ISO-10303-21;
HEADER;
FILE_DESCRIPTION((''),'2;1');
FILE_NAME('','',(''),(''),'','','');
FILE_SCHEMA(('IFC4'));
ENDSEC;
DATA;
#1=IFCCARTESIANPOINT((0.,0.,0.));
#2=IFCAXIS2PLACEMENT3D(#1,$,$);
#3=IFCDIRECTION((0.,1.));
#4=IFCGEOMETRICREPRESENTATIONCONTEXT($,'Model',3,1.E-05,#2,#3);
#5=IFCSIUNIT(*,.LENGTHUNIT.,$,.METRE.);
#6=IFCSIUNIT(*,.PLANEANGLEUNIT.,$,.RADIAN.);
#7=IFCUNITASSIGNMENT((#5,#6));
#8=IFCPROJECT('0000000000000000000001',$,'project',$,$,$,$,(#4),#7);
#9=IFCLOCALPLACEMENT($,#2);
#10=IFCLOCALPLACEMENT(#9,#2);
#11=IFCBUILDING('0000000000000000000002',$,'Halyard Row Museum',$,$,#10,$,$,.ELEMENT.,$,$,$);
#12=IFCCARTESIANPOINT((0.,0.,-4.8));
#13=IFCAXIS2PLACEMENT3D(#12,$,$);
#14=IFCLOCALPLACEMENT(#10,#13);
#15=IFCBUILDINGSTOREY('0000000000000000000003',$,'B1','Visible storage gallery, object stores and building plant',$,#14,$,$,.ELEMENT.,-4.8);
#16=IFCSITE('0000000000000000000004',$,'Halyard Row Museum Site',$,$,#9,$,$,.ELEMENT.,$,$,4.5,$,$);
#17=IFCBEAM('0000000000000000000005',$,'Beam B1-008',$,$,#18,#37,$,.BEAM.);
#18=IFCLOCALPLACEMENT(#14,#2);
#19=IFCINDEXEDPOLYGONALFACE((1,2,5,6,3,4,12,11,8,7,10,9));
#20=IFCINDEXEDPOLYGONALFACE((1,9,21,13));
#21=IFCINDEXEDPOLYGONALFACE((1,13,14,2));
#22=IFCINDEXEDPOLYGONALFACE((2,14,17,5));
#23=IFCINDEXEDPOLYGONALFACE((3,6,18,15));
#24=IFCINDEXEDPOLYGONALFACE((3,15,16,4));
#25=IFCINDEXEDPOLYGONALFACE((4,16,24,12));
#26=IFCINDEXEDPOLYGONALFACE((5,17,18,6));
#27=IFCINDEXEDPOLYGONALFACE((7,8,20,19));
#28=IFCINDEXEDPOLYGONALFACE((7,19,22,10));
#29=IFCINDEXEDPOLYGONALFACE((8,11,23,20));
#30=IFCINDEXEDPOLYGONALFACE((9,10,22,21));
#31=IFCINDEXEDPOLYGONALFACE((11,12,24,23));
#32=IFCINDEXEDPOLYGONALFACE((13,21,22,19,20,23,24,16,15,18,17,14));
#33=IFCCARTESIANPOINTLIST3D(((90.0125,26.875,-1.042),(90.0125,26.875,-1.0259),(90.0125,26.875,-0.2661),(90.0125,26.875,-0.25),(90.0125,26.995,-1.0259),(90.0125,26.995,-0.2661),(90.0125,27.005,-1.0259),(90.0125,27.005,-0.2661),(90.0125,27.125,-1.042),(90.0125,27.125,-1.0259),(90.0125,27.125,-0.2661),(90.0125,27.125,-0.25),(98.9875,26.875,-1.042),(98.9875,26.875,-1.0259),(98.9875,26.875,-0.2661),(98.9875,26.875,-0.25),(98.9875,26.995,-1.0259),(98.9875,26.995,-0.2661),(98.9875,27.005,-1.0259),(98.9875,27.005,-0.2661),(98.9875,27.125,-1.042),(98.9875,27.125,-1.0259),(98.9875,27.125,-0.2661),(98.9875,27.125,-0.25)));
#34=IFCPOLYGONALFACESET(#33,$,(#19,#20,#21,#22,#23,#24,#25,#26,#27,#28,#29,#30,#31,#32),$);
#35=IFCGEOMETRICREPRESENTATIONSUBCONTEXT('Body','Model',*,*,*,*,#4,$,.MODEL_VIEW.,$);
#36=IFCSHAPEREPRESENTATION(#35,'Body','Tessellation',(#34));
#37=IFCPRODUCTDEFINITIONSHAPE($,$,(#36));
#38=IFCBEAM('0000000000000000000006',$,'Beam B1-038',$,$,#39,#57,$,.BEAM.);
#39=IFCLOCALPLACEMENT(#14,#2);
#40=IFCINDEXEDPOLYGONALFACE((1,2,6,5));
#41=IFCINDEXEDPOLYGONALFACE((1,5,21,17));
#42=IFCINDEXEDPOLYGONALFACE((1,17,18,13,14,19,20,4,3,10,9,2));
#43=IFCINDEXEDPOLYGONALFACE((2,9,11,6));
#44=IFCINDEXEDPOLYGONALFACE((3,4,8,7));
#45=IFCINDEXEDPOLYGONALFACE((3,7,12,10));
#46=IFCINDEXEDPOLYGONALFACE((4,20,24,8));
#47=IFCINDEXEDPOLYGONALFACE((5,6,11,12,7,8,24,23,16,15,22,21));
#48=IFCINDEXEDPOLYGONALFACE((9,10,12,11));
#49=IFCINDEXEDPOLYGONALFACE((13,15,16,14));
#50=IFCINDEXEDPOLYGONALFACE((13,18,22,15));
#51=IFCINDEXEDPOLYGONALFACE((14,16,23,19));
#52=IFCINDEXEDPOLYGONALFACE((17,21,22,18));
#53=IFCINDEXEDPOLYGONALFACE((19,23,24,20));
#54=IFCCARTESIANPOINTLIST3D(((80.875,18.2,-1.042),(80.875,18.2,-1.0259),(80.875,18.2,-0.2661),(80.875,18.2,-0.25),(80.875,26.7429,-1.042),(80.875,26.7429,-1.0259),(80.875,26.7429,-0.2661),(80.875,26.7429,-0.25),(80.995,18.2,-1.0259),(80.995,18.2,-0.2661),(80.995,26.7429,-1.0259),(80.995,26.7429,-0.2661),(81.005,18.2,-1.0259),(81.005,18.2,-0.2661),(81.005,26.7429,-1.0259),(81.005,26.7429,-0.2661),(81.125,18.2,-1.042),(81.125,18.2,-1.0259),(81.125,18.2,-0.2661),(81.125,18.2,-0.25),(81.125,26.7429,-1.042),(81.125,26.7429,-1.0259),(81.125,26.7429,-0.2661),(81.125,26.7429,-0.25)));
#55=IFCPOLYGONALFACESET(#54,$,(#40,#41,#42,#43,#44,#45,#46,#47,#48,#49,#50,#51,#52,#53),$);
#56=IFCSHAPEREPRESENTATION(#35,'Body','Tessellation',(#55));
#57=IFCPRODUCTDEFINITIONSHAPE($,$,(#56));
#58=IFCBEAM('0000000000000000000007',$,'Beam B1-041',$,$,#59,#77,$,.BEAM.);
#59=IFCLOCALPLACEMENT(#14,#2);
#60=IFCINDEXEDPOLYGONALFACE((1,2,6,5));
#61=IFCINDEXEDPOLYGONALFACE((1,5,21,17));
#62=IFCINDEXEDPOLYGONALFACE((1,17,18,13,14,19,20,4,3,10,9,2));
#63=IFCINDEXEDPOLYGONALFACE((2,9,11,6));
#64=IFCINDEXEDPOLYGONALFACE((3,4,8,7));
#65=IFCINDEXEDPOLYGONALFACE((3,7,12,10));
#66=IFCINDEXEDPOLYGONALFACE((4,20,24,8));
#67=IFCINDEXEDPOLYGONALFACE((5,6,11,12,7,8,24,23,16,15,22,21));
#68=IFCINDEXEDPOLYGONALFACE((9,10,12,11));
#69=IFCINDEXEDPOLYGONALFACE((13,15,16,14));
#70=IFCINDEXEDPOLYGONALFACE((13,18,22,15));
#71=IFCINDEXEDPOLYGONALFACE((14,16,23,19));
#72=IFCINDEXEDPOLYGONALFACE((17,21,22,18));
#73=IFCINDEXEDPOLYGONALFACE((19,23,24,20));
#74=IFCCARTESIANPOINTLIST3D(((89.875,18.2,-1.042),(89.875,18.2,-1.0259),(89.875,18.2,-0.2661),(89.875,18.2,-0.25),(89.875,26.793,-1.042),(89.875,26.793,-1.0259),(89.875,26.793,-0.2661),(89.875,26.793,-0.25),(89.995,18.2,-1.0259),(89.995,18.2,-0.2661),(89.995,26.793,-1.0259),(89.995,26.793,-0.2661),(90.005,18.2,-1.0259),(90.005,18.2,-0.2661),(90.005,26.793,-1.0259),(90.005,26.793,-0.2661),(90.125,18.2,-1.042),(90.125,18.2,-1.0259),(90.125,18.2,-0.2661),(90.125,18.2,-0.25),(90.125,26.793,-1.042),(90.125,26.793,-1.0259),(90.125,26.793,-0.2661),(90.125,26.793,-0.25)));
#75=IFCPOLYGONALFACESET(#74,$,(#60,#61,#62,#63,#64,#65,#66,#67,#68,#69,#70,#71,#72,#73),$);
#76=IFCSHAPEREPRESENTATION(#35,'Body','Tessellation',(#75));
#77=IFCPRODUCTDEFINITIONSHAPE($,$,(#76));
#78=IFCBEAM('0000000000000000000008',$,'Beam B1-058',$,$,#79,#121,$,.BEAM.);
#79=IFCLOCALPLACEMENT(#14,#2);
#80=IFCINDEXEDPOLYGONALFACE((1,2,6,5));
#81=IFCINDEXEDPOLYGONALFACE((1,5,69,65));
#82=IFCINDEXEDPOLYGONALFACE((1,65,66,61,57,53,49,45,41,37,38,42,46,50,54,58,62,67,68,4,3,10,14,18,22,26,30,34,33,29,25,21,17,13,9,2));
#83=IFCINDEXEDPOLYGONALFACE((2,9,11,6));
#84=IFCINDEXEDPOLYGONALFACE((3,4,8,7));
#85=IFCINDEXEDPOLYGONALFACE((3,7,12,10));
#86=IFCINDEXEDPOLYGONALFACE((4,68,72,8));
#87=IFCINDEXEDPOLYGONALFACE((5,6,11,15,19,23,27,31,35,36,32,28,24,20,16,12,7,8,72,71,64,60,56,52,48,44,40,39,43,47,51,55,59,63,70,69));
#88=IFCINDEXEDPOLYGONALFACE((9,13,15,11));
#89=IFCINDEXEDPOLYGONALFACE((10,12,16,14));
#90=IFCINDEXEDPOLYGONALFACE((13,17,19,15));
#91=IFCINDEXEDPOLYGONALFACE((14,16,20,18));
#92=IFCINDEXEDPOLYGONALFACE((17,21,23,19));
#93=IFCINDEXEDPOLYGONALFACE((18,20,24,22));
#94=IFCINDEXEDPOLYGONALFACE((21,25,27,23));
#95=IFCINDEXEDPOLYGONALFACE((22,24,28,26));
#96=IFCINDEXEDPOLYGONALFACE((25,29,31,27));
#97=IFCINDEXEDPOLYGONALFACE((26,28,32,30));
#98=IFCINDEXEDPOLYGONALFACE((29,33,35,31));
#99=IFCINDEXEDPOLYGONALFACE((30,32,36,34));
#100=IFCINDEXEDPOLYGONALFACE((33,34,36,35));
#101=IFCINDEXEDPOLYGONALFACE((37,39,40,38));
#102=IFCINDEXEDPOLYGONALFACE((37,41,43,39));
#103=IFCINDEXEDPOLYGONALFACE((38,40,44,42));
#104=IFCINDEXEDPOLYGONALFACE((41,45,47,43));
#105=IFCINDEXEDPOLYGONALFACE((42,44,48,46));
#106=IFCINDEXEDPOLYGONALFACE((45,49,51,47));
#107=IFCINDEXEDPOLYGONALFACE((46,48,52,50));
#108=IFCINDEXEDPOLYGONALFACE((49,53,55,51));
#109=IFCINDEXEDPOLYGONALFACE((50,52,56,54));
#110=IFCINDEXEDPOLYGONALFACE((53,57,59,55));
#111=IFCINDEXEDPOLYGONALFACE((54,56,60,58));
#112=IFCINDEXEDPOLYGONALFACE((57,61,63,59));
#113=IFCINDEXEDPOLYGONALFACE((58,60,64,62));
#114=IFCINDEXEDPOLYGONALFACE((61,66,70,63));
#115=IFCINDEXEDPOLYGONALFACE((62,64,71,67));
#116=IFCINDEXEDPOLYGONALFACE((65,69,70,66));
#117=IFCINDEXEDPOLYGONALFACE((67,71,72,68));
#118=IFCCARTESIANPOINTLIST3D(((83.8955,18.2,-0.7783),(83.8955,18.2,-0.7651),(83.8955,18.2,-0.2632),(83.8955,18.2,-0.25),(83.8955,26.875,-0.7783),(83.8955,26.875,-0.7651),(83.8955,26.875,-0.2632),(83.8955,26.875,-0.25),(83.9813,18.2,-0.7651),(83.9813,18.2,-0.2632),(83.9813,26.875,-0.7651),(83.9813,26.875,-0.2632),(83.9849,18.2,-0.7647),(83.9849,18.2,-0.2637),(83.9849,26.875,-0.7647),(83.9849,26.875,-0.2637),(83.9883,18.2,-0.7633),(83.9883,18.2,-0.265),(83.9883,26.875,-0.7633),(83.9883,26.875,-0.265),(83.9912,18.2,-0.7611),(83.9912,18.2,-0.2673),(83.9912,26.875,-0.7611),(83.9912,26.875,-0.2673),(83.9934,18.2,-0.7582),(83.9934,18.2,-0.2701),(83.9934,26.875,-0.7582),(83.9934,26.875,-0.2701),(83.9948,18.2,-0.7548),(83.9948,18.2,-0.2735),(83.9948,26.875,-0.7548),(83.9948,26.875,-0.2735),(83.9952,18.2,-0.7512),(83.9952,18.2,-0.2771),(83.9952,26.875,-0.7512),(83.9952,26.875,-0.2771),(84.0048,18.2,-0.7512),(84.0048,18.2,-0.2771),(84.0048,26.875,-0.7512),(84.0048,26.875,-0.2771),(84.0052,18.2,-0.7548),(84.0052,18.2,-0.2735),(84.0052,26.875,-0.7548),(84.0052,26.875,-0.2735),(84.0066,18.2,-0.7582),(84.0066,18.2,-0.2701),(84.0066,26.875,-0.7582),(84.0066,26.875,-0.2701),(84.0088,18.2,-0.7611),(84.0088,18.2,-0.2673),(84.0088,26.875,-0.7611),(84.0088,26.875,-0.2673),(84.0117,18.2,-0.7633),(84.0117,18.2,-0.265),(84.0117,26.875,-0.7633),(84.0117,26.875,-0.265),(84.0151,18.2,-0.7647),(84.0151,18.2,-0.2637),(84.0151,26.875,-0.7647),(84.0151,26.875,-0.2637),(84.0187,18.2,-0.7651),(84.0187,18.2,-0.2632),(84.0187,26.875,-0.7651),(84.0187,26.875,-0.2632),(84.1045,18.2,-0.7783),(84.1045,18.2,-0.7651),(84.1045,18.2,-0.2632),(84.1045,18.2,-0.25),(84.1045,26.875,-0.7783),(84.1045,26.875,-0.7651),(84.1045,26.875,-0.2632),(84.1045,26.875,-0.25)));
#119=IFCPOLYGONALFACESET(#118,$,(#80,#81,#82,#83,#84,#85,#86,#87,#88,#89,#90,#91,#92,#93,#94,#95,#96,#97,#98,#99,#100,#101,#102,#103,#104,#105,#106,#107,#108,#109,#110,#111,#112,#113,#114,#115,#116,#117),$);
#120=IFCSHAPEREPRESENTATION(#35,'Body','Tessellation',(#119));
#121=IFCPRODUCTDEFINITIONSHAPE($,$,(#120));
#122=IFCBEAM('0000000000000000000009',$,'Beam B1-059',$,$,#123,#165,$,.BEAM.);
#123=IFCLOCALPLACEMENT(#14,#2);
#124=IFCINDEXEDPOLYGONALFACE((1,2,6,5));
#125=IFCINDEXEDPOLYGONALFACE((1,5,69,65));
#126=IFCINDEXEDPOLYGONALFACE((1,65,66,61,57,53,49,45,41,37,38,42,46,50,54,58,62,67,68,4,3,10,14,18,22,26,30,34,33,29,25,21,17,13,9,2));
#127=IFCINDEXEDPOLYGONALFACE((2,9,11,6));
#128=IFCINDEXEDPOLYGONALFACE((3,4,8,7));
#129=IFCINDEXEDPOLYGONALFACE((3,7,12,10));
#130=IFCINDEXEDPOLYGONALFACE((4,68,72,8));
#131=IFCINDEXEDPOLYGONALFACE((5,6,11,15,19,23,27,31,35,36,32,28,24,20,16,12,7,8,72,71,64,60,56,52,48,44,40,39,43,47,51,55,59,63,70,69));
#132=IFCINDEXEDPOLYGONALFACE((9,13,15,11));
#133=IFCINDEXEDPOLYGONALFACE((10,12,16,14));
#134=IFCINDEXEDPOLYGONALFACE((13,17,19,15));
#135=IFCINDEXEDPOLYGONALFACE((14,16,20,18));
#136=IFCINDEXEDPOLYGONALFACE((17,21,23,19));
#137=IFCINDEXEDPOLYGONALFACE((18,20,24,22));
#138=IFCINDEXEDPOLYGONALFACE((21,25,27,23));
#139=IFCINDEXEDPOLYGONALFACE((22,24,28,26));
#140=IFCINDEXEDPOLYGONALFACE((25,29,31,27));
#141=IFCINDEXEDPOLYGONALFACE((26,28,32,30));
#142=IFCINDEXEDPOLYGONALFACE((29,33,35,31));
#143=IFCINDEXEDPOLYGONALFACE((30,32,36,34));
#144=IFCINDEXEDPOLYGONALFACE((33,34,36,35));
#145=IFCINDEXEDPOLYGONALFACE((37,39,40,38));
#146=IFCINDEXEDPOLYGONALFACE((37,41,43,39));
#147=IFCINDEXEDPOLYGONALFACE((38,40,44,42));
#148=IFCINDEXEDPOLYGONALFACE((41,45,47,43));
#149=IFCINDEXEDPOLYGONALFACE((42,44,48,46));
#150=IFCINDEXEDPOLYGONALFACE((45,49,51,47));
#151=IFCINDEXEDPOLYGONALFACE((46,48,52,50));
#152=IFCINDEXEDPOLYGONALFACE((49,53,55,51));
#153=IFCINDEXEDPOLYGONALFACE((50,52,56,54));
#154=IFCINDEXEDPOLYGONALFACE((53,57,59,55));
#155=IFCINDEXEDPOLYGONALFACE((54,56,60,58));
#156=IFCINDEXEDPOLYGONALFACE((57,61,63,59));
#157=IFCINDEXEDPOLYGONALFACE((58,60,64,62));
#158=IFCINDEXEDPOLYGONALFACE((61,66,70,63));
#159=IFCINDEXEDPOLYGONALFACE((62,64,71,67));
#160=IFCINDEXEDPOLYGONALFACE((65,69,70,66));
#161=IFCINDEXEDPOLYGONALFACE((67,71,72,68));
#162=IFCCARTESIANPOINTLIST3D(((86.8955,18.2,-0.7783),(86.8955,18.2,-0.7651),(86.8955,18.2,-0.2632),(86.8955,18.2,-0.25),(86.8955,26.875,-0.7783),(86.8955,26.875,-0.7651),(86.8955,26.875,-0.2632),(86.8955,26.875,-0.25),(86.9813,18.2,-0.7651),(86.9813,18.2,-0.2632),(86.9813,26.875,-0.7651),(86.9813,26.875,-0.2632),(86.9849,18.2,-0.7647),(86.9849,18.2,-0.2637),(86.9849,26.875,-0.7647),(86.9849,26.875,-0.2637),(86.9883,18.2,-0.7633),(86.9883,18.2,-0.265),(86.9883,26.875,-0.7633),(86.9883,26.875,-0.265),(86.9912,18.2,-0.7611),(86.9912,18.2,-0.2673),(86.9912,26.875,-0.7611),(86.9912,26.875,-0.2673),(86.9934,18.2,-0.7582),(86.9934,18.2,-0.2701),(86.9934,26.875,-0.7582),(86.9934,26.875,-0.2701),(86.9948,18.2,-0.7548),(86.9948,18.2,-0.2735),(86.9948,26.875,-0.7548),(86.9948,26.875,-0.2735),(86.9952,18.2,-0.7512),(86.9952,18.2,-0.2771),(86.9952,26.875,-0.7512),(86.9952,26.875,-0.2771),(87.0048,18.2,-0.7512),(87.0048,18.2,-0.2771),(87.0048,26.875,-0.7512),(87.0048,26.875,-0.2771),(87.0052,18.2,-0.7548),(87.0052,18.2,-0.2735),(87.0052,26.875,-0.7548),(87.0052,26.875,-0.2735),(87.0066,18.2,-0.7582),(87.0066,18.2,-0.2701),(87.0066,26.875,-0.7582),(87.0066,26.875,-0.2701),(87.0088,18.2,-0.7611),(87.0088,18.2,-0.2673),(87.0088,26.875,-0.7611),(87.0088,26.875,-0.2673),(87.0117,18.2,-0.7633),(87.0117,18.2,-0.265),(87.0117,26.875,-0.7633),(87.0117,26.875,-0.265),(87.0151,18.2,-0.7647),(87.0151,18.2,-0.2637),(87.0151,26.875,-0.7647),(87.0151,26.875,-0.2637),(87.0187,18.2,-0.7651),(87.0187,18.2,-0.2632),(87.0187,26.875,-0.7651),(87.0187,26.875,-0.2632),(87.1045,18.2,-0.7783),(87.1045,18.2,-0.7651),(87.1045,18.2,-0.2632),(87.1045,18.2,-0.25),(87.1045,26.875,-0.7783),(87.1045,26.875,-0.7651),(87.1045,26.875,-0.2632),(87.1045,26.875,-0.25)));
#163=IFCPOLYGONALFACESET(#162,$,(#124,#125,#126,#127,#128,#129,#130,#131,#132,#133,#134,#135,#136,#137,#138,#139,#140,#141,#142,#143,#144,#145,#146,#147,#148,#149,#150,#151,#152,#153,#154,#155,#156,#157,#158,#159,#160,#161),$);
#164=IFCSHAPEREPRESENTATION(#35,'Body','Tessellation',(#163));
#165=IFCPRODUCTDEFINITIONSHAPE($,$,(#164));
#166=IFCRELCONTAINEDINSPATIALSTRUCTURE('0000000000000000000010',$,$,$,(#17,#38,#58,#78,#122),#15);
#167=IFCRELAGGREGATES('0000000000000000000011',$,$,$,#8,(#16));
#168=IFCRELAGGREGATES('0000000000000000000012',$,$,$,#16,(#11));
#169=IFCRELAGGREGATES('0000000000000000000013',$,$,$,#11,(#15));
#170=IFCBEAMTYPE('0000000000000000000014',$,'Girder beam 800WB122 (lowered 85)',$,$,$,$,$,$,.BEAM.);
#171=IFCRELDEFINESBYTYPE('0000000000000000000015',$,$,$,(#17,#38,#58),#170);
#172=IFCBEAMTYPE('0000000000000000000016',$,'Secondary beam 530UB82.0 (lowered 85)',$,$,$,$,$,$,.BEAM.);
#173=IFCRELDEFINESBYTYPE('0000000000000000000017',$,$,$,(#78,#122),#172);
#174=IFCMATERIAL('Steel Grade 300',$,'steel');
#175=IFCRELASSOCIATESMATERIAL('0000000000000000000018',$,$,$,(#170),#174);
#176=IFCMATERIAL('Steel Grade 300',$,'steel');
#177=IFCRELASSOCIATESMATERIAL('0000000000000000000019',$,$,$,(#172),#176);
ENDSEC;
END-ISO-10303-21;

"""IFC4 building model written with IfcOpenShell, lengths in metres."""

from ifc_helpers import new_model, si_unit, direction, frame, origin, origin_2d, place, context, subcontext, project, spatial, i_section, extrude, material, material_profile, profile_set, type_object, element, save


model = new_model("IFC4")

# Units and contexts
model_context = context("Model", 3, precision=1e-05, world=origin(), true_north=direction((0.0, 1.0)))
body_context = subcontext(model_context, "Body", "Model", "MODEL_VIEW")
ifc_project = project(units=[si_unit("LENGTHUNIT", "METRE"), si_unit("PLANEANGLEUNIT", "RADIAN")], contexts=[model_context])

# Site, building, storey
site_placement = place(None, origin())
site = spatial("IfcSite", under=ifc_project, at=site_placement, Name="Halyard Row Museum Site", CompositionType="ELEMENT", RefElevation=4.5)
building_placement = place(site_placement, origin())
building = spatial("IfcBuilding", under=site, at=building_placement, Name="Halyard Row Museum", CompositionType="ELEMENT")
storey_placement = place(building_placement, frame((0.0, 0.0, -4.8)))
storey = spatial("IfcBuildingStorey", under=building, at=storey_placement, Name="B1", Description="Visible storage gallery, object stores and building plant", CompositionType="ELEMENT", Elevation=-4.8)

# Beams
ifc_material_1 = material(Name="Steel Grade 300", Category="steel")
ifc_material_profile_1 = material_profile(ifc_material_1, i_section(OverallWidth=0.25, OverallDepth=0.792, WebThickness=0.01, FlangeThickness=0.0161, at=origin_2d()), Name="800WB122")
ifc_profile_set_1 = profile_set([ifc_material_profile_1], Name="Steel Grade 300")
beam_type_1 = type_object("IfcBeamType", Name="Girder beam 800WB122 (lowered 85)", PredefinedType="BEAM", material=ifc_profile_set_1)
for number, where, z_axis, x_axis, name in (
    (1, (90.0125, 27.0, -0.646), (1.0, 0.0, 0.0), (0.0, 1.0, 0.0), "Beam B1-008"),
):
    element("IfcBeam", number, at=place(storey_placement, frame(where, z_axis=z_axis, x_axis=x_axis)), inside=storey, type_object=beam_type_1, Name=name, PredefinedType="BEAM", context=body_context, shape_type="SweptSolid", body=[
        extrude(i_section(OverallWidth=0.25, OverallDepth=0.792, WebThickness=0.01, FlangeThickness=0.0161, at=origin_2d()), origin(), (0.0, 0.0, 1.0), 8.9751),
    ])
beam_1_placement = place(storey_placement, frame((81.0, 18.2, -0.646), z_axis=(0.0, 1.0, 0.0), x_axis=(-1.0, 0.0, 0.0)))
element("IfcBeam", 2, at=beam_1_placement, inside=storey, type_object=beam_type_1, Name="Beam B1-038", PredefinedType="BEAM", context=body_context, shape_type="SweptSolid", body=[
    extrude(i_section(OverallWidth=0.25, OverallDepth=0.792, WebThickness=0.01, FlangeThickness=0.0161, at=origin_2d()), origin(), (0.0, 0.0, 1.0), 8.543),
])
beam_2_placement = place(storey_placement, frame((90.0, 18.2, -0.646), z_axis=(0.0, 1.0, 0.0), x_axis=(-1.0, 0.0, 0.0)))
element("IfcBeam", 3, at=beam_2_placement, inside=storey, type_object=beam_type_1, Name="Beam B1-041", PredefinedType="BEAM", context=body_context, shape_type="SweptSolid", body=[
    extrude(i_section(OverallWidth=0.25, OverallDepth=0.792, WebThickness=0.01, FlangeThickness=0.0161, at=origin_2d()), origin(), (0.0, 0.0, 1.0), 8.593),
])
ifc_material_2 = material(Name="Steel Grade 300", Category="steel")
ifc_material_profile_2 = material_profile(ifc_material_2, i_section(OverallWidth=0.209, OverallDepth=0.5283, WebThickness=0.0095, FlangeThickness=0.0132, FilletRadius=0.0139, at=origin_2d()), Name="530UB82.0")
ifc_profile_set_2 = profile_set([ifc_material_profile_2], Name="Steel Grade 300")
beam_type_2 = type_object("IfcBeamType", Name="Secondary beam 530UB82.0 (lowered 85)", PredefinedType="BEAM", material=ifc_profile_set_2)
for number, where, z_axis, x_axis, name in (
    (4, (84.0, 18.2, -0.5142), (0.0, 1.0, 0.0), (-1.0, 0.0, 0.0), "Beam B1-058"),
    (5, (87.0, 18.2, -0.5142), (0.0, 1.0, 0.0), (-1.0, 0.0, 0.0), "Beam B1-059"),
):
    element("IfcBeam", number, at=place(storey_placement, frame(where, z_axis=z_axis, x_axis=x_axis)), inside=storey, type_object=beam_type_2, Name=name, PredefinedType="BEAM", context=body_context, shape_type="SweptSolid", body=[
        extrude(i_section(OverallWidth=0.209, OverallDepth=0.5283, WebThickness=0.0095, FlangeThickness=0.0132, FilletRadius=0.0139, at=origin_2d()), origin(), (0.0, 0.0, 1.0), 8.675),
    ])

save(model, "model.ifc")
